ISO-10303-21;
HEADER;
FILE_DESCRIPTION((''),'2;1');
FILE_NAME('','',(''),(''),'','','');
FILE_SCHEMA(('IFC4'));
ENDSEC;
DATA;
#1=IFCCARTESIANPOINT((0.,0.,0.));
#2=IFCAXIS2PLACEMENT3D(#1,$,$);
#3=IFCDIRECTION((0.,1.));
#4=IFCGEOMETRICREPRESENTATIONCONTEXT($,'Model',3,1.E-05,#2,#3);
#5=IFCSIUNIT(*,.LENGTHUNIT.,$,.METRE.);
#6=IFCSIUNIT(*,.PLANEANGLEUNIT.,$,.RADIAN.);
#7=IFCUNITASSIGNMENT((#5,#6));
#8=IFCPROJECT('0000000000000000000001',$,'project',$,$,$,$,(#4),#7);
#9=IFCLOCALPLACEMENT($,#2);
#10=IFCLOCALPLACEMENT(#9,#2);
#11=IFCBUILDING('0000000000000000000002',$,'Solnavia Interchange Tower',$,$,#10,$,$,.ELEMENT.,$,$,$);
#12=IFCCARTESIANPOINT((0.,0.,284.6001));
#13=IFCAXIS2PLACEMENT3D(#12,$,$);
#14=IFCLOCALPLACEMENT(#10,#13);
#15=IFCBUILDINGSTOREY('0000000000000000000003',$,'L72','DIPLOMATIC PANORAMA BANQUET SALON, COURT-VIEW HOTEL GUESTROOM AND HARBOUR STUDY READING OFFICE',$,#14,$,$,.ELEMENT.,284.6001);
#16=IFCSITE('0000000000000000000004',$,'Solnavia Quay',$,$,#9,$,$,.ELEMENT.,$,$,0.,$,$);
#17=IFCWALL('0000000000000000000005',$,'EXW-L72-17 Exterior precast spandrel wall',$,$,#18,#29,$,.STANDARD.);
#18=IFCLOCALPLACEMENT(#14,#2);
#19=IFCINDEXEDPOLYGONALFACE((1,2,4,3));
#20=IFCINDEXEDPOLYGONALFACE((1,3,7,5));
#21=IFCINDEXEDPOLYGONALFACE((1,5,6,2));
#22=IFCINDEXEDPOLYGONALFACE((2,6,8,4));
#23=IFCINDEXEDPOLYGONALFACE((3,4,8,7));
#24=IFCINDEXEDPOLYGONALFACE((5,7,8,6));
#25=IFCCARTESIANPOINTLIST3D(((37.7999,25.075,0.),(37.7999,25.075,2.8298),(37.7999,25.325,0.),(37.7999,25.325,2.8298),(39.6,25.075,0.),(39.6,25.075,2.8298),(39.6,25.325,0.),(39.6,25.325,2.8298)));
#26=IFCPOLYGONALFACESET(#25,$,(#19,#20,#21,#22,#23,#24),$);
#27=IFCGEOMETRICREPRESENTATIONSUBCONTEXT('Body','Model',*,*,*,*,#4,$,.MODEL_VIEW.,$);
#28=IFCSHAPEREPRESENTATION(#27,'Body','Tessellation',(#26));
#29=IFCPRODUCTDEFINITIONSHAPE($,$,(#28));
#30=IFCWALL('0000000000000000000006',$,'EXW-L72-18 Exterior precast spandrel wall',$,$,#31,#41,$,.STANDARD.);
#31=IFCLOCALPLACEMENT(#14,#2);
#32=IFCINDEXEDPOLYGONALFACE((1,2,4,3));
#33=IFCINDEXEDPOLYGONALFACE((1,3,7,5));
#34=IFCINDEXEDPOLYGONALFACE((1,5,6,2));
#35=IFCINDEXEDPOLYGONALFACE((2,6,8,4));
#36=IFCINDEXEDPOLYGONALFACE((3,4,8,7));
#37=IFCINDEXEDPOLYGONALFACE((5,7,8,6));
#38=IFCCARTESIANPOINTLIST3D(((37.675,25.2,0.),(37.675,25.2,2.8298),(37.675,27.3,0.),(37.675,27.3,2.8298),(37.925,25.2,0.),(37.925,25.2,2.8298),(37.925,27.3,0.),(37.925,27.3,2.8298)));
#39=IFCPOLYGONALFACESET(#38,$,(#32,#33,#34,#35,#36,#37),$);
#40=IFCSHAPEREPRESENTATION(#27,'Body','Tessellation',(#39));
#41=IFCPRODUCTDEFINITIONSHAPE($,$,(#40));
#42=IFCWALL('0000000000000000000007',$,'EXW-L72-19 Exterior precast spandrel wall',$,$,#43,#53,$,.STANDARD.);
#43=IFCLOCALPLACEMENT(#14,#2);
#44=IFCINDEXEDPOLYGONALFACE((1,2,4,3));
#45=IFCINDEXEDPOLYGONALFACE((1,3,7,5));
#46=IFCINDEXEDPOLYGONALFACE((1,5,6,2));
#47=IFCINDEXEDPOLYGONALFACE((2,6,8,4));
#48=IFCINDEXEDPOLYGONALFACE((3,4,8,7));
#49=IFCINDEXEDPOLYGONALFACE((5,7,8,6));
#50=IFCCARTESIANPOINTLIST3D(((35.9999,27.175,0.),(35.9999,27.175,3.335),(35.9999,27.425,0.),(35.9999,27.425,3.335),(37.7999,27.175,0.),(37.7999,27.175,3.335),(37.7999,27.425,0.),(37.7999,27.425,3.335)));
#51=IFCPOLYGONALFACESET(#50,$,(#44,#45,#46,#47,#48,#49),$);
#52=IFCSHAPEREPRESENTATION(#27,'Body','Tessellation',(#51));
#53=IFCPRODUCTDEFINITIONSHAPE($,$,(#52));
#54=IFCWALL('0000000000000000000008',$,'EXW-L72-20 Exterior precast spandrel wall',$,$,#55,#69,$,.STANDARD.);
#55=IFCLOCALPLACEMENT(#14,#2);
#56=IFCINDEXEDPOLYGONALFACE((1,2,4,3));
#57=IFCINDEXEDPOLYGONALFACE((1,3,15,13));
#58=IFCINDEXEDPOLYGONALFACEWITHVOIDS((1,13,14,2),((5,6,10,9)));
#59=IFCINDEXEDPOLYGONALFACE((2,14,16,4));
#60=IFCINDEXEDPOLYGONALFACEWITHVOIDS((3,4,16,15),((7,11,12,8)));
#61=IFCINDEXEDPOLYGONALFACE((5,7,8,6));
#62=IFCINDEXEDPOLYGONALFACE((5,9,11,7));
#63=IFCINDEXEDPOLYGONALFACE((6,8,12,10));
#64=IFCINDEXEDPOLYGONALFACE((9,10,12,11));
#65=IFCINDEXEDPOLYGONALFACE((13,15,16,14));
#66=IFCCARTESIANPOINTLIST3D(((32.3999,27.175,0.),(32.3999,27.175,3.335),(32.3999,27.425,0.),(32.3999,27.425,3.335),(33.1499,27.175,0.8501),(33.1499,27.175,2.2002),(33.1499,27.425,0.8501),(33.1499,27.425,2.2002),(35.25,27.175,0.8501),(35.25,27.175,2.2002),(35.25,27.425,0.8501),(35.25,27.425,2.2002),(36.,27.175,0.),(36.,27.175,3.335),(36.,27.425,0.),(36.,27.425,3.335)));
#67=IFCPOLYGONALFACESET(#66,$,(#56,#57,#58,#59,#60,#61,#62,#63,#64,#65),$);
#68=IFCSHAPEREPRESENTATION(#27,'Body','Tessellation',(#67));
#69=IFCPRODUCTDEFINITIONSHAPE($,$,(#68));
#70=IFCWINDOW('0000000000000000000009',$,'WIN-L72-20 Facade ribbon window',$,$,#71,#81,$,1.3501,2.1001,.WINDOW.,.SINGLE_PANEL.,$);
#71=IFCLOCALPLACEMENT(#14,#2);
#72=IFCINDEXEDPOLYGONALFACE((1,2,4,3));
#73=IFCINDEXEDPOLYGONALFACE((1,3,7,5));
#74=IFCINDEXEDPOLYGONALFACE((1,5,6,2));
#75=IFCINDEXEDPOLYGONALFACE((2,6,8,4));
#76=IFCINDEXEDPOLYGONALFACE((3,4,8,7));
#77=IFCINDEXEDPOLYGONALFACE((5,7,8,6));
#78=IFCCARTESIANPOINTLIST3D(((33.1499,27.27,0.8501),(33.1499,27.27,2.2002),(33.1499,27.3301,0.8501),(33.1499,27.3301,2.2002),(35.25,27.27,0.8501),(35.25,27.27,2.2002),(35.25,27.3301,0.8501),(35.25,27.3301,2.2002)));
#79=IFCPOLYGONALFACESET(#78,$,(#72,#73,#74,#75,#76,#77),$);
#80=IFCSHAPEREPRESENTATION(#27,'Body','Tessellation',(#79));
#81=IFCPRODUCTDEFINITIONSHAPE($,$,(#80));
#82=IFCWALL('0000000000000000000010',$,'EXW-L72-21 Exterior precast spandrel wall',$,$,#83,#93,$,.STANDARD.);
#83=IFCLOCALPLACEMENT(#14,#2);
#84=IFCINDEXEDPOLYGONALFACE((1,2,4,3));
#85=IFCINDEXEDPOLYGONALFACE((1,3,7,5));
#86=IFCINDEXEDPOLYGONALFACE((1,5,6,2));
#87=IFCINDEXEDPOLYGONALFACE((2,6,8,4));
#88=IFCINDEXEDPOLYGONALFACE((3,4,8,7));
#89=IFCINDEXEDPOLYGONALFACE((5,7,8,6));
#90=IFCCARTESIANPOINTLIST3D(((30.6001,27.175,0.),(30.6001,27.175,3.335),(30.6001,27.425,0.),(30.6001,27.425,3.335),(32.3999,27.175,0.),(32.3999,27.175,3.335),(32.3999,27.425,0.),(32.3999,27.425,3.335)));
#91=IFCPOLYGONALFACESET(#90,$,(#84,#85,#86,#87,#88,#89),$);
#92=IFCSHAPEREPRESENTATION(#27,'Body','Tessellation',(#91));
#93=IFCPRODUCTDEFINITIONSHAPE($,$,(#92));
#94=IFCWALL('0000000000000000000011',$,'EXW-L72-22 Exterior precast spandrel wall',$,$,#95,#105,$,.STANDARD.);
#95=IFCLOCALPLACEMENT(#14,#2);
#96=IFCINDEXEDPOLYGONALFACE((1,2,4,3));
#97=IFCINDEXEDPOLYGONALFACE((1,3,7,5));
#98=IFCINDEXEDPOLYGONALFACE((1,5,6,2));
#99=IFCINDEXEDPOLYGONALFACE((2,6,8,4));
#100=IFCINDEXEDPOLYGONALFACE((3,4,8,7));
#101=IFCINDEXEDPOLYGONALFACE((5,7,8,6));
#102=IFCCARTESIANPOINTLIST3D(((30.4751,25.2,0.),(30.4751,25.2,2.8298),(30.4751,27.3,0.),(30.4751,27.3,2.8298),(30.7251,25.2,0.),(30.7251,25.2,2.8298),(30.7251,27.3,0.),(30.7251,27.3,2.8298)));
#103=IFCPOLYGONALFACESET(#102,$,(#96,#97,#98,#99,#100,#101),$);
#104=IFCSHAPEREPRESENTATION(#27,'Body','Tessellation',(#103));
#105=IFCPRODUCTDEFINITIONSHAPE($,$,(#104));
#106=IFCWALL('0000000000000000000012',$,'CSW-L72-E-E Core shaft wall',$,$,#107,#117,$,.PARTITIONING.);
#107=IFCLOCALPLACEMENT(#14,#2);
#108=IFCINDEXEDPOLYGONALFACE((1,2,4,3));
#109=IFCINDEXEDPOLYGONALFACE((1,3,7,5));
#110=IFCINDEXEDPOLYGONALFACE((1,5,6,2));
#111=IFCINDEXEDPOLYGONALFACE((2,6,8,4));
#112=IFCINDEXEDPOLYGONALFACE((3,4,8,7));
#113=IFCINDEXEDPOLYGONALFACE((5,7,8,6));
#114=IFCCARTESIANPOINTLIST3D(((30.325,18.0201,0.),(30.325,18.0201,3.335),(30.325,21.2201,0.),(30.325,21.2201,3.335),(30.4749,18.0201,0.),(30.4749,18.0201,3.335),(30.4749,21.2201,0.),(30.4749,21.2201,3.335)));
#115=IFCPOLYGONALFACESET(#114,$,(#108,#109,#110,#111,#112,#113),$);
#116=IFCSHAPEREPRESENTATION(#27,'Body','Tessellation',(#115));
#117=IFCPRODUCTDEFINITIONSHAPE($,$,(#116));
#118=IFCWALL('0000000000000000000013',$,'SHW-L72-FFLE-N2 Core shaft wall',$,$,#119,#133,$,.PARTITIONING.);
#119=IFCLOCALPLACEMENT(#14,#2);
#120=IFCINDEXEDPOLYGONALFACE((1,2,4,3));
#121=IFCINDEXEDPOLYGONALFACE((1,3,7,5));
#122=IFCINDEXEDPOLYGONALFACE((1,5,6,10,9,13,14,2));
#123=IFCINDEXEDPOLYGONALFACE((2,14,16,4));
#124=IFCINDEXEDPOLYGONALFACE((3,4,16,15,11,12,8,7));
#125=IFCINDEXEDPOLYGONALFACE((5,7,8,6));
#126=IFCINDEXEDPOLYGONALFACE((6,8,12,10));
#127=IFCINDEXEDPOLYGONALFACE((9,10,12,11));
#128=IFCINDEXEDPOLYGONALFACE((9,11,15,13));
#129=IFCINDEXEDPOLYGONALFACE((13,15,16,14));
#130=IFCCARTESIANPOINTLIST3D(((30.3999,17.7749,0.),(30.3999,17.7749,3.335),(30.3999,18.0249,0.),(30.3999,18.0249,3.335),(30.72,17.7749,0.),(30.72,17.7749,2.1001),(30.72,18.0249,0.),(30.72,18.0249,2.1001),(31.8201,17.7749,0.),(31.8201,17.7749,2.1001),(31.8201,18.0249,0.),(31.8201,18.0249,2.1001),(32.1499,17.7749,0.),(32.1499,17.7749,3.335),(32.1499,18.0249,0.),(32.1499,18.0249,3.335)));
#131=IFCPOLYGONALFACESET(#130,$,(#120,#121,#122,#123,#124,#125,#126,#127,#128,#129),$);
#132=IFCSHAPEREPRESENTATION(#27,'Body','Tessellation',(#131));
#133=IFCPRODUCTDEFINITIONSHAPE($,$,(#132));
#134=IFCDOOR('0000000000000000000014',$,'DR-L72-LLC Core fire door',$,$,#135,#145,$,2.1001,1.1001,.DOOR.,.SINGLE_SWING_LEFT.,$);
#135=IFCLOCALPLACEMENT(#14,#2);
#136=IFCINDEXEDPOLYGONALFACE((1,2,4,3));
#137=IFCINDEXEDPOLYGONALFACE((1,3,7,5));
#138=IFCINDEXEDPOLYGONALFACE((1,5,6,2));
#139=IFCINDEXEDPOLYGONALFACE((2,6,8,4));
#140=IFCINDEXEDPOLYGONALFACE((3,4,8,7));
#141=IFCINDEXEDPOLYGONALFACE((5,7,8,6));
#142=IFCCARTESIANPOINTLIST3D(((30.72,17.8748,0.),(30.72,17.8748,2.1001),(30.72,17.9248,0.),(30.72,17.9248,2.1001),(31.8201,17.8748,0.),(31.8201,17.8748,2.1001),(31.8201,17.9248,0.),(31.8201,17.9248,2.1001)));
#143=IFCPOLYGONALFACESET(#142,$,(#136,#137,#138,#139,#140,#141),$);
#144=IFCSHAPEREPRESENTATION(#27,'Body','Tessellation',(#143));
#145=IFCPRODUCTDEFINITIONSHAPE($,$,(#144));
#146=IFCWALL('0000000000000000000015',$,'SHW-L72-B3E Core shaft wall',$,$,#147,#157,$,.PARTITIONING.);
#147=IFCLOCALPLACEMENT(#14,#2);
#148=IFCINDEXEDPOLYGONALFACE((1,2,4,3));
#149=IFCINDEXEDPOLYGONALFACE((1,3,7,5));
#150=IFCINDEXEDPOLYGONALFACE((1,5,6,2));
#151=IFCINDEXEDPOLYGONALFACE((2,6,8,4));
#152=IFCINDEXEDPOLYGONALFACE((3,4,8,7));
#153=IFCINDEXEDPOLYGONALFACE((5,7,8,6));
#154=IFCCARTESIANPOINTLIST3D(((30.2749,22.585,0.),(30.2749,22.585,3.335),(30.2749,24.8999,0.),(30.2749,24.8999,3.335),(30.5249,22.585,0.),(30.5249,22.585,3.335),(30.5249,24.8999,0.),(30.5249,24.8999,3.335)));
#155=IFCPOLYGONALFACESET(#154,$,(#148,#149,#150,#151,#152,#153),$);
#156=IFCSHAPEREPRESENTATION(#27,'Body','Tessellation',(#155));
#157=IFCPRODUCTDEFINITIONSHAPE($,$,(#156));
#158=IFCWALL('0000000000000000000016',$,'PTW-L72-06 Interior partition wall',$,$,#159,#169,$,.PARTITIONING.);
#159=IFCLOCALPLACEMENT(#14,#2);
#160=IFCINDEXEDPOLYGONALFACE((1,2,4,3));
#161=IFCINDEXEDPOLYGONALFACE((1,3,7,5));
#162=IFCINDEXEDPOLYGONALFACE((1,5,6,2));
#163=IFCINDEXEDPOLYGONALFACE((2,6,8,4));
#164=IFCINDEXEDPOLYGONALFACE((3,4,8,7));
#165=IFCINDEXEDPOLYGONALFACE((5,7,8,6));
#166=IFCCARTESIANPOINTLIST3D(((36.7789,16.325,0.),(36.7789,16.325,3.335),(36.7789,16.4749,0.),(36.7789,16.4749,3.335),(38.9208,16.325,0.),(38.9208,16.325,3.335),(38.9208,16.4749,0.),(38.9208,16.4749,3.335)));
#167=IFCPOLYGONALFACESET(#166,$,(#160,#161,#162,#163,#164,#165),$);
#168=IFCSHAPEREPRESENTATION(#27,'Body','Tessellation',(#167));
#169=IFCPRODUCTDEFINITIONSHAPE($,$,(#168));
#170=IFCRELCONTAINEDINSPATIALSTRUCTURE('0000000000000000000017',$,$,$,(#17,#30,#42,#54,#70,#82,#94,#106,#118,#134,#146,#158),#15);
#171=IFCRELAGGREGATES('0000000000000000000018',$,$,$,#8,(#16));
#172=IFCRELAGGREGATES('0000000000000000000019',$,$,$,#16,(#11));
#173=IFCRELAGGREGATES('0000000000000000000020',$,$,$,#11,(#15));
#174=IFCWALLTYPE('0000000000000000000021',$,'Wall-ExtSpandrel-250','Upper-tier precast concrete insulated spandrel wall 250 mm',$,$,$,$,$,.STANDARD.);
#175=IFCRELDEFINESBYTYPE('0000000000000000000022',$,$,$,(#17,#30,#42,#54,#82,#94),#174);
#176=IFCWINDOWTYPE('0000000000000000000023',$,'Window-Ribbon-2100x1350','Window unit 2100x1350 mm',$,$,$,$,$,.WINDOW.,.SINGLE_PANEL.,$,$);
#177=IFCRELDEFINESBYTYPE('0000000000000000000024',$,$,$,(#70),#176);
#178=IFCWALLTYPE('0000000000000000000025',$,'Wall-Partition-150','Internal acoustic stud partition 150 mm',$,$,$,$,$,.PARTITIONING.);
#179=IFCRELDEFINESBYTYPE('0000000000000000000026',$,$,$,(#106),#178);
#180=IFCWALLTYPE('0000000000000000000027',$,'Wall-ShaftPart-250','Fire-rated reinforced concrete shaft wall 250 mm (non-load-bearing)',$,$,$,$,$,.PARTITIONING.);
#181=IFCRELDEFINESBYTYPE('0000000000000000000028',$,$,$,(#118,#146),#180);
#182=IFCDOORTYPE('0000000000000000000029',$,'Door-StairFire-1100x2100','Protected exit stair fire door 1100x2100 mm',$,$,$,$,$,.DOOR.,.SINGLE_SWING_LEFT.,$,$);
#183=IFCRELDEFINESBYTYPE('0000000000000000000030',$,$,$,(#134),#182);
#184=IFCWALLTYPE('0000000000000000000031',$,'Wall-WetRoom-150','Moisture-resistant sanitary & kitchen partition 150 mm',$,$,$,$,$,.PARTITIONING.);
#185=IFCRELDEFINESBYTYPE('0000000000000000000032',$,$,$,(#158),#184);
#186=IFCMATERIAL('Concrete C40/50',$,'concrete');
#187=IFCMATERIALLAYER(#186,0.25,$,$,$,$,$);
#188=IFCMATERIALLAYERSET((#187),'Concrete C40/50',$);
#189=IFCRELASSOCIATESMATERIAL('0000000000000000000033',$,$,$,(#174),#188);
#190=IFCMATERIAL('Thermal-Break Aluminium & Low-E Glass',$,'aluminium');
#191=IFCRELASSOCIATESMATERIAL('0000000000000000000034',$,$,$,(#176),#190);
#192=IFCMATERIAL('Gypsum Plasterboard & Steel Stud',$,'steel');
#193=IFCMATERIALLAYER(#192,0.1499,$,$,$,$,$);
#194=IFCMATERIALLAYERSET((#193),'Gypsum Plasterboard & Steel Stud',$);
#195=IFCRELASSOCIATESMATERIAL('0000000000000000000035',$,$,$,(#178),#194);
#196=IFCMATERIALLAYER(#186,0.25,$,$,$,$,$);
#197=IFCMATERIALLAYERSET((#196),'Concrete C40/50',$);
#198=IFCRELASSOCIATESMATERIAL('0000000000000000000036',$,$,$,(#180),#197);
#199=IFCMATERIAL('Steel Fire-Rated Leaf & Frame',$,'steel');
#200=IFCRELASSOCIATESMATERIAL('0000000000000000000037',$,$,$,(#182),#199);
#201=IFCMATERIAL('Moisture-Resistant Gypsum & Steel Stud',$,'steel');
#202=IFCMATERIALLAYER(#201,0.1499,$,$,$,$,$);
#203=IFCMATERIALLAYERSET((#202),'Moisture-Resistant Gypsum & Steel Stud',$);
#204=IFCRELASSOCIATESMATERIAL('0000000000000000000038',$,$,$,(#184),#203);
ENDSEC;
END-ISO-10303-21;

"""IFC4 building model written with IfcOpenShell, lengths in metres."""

from ifc_helpers import new_model, si_unit, direction, frame, frame_2d, origin, place, context, subcontext, project, spatial, rectangle, extrude, material, layer, layer_set, type_object, element, fill, save


model = new_model("IFC4")

# Units and contexts
model_context = context("Model", 3, precision=1e-05, world=origin(), true_north=direction((0.0, 1.0)))
body_context = subcontext(model_context, "Body", "Model", "MODEL_VIEW")
ifc_project = project(units=[si_unit("LENGTHUNIT", "METRE"), si_unit("PLANEANGLEUNIT", "RADIAN")], contexts=[model_context])

# Site, building, storey
site_placement = place(None, origin())
site = spatial("IfcSite", under=ifc_project, at=site_placement, Name="Solnavia Quay", CompositionType="ELEMENT", RefElevation=0.0)
building_placement = place(site_placement, origin())
building = spatial("IfcBuilding", under=site, at=building_placement, Name="Solnavia Interchange Tower", CompositionType="ELEMENT")
storey_placement = place(building_placement, frame((0.0, 0.0, 284.6001)))
storey = spatial("IfcBuildingStorey", under=building, at=storey_placement, Name="L72", Description="DIPLOMATIC PANORAMA BANQUET SALON, COURT-VIEW HOTEL GUESTROOM AND HARBOUR STUDY READING OFFICE", CompositionType="ELEMENT", Elevation=284.6001)

# Shared definitions
ifc_material_1 = material(Name="Concrete C40/50", Category="concrete")
ifc_layer_1 = layer(ifc_material_1, 0.25)
ifc_layer_set_1 = layer_set([ifc_layer_1], Name="Concrete C40/50")
wall_type_1 = type_object("IfcWallType", Name="Wall-ExtSpandrel-250", Description="Upper-tier precast concrete insulated spandrel wall 250 mm", PredefinedType="STANDARD", material=ifc_layer_set_1)

# Shared definitions
ifc_material_2 = material(Name="Thermal-Break Aluminium & Low-E Glass", Category="aluminium")
window_type = type_object("IfcWindowType", Name="Window-Ribbon-2100x1350", Description="Window unit 2100x1350 mm", PartitioningType="SINGLE_PANEL", PredefinedType="WINDOW", material=ifc_material_2)

# Walls
for number, where, z_axis, x_axis, name in (
    (1, (37.8, 25.2, 0.0), (0.0, 0.0, 1.0), (1.0, 0.0, 0.0), "EXW-L72-17 Exterior precast spandrel wall"),
):
    element("IfcWall", number, at=place(storey_placement, frame(where, z_axis=z_axis, x_axis=x_axis)), inside=storey, type_object=wall_type_1, Name=name, PredefinedType="STANDARD", context=body_context, shape_type="SweptSolid", body=[
        extrude(rectangle(XDim=1.8, YDim=0.25, at=frame_2d((0.8999, 0.0))), origin(), (0.0, 0.0, 1.0), 2.8298),
    ])
wall_1_placement = place(storey_placement, frame((37.8, 27.3, 0.0), z_axis=(0.0, 0.0, 1.0), x_axis=(0.0, -1.0, 0.0)))
element("IfcWall", 2, at=wall_1_placement, inside=storey, type_object=wall_type_1, Name="EXW-L72-18 Exterior precast spandrel wall", PredefinedType="STANDARD", context=body_context, shape_type="SweptSolid", body=[
    extrude(rectangle(XDim=2.1001, YDim=0.25, at=frame_2d((1.05, 0.0))), origin(), (0.0, 0.0, 1.0), 2.8298),
])
wall_2_placement = place(storey_placement, frame((36.0, 27.3, 0.0), z_axis=(0.0, 0.0, 1.0), x_axis=(1.0, 0.0, 0.0)))
element("IfcWall", 3, at=wall_2_placement, inside=storey, type_object=wall_type_1, Name="EXW-L72-19 Exterior precast spandrel wall", PredefinedType="STANDARD", context=body_context, shape_type="SweptSolid", body=[
    extrude(rectangle(XDim=1.8, YDim=0.25, at=frame_2d((0.8999, 0.0))), origin(), (0.0, 0.0, 1.0), 3.335),
])

# Wall, opening, window
wall_3_placement = place(storey_placement, frame((32.3999, 27.3, 0.0), z_axis=(0.0, 0.0, 1.0), x_axis=(1.0, 0.0, 0.0)))
wall_3 = element("IfcWall", 4, at=wall_3_placement, inside=storey, type_object=wall_type_1, Name="EXW-L72-20 Exterior precast spandrel wall", PredefinedType="STANDARD", context=body_context, shape_type="SweptSolid", body=[
    extrude(rectangle(XDim=3.6001, YDim=0.25, at=frame_2d((1.8, 0.0))), origin(), (0.0, 0.0, 1.0), 3.335),
])
opening_1_placement = place(wall_3_placement, frame((0.75, 0.0, 0.8501)))
opening_1 = element("IfcOpeningElement", 5, at=opening_1_placement, cuts=wall_3, PredefinedType="OPENING", context=body_context, shape_type="SweptSolid", body=[
    extrude(rectangle(XDim=2.1001, YDim=1.3501, at=frame_2d((1.05, 0.675))), frame((0.0, 0.135, 0.0), z_axis=(0.0, -1.0, 0.0), x_axis=(1.0, 0.0, 0.0)), (0.0, 0.0, 1.0), 0.27),
])
window_1_placement = place(opening_1_placement, origin())
window_1 = element("IfcWindow", 6, at=window_1_placement, inside=storey, type_object=window_type, Name="WIN-L72-20 Facade ribbon window", OverallHeight=1.3501, OverallWidth=2.1001, PartitioningType="SINGLE_PANEL", PredefinedType="WINDOW", context=body_context, shape_type="SweptSolid", body=[
    extrude(rectangle(XDim=2.1001, YDim=1.3501, at=frame_2d((1.05, 0.675))), frame((0.0, 0.03, 0.0), z_axis=(0.0, -1.0, 0.0), x_axis=(1.0, 0.0, 0.0)), (0.0, 0.0, 1.0), 0.0601),
])
fill(opening_1, window_1)

# Walls
wall_4_placement = place(storey_placement, frame((30.6001, 27.3, 0.0), z_axis=(0.0, 0.0, 1.0), x_axis=(1.0, 0.0, 0.0)))
element("IfcWall", 7, at=wall_4_placement, inside=storey, type_object=wall_type_1, Name="EXW-L72-21 Exterior precast spandrel wall", PredefinedType="STANDARD", context=body_context, shape_type="SweptSolid", body=[
    extrude(rectangle(XDim=1.7998, YDim=0.25, at=frame_2d((0.8999, 0.0))), origin(), (0.0, 0.0, 1.0), 3.335),
])
wall_5_placement = place(storey_placement, frame((30.6001, 27.3, 0.0), z_axis=(0.0, 0.0, 1.0), x_axis=(0.0, -1.0, 0.0)))
element("IfcWall", 8, at=wall_5_placement, inside=storey, type_object=wall_type_1, Name="EXW-L72-22 Exterior precast spandrel wall", PredefinedType="STANDARD", context=body_context, shape_type="SweptSolid", body=[
    extrude(rectangle(XDim=2.1001, YDim=0.25, at=frame_2d((1.05, 0.0))), origin(), (0.0, 0.0, 1.0), 2.8298),
])
ifc_material_3 = material(Name="Gypsum Plasterboard & Steel Stud", Category="steel")
ifc_layer_2 = layer(ifc_material_3, 0.1499)
ifc_layer_set_2 = layer_set([ifc_layer_2], Name="Gypsum Plasterboard & Steel Stud")
wall_type_2 = type_object("IfcWallType", Name="Wall-Partition-150", Description="Internal acoustic stud partition 150 mm", PredefinedType="PARTITIONING", material=ifc_layer_set_2)
wall_6_placement = place(storey_placement, frame((30.3999, 18.02, 0.0), z_axis=(0.0, 0.0, 1.0), x_axis=(0.0, 1.0, 0.0)))
element("IfcWall", 9, at=wall_6_placement, inside=storey, type_object=wall_type_2, Name="CSW-L72-E-E Core shaft wall", PredefinedType="PARTITIONING", context=body_context, shape_type="SweptSolid", body=[
    extrude(rectangle(XDim=3.2, YDim=0.1499, at=frame_2d((1.6001, 0.0))), origin(), (0.0, 0.0, 1.0), 3.335),
])

# Wall, opening, door
ifc_layer_3 = layer(ifc_material_1, 0.25)
ifc_layer_set_3 = layer_set([ifc_layer_3], Name="Concrete C40/50")
wall_type_3 = type_object("IfcWallType", Name="Wall-ShaftPart-250", Description="Fire-rated reinforced concrete shaft wall 250 mm (non-load-bearing)", PredefinedType="PARTITIONING", material=ifc_layer_set_3)
wall_7_placement = place(storey_placement, frame((30.3999, 17.8999, 0.0), z_axis=(0.0, 0.0, 1.0), x_axis=(1.0, 0.0, 0.0)))
wall_7 = element("IfcWall", 10, at=wall_7_placement, inside=storey, type_object=wall_type_3, Name="SHW-L72-FFLE-N2 Core shaft wall", PredefinedType="PARTITIONING", context=body_context, shape_type="SweptSolid", body=[
    extrude(rectangle(XDim=1.75, YDim=0.25, at=frame_2d((0.875, 0.0))), origin(), (0.0, 0.0, 1.0), 3.335),
])
opening_2_placement = place(wall_7_placement, frame((0.3201, 0.0, 0.0)))
opening_2 = element("IfcOpeningElement", 11, at=opening_2_placement, cuts=wall_7, PredefinedType="OPENING", context=body_context, shape_type="SweptSolid", body=[
    extrude(rectangle(XDim=1.1001, YDim=2.1001, at=frame_2d((0.55, 1.05))), frame((0.0, 0.135, 0.0), z_axis=(0.0, -1.0, 0.0), x_axis=(1.0, 0.0, 0.0)), (0.0, 0.0, 1.0), 0.27),
])
ifc_material_4 = material(Name="Steel Fire-Rated Leaf & Frame", Category="steel")
door_type = type_object("IfcDoorType", Name="Door-StairFire-1100x2100", Description="Protected exit stair fire door 1100x2100 mm", OperationType="SINGLE_SWING_LEFT", PredefinedType="DOOR", material=ifc_material_4)
door_placement = place(opening_2_placement, origin())
door = element("IfcDoor", 12, at=door_placement, inside=storey, type_object=door_type, Name="DR-L72-LLC Core fire door", OperationType="SINGLE_SWING_LEFT", OverallHeight=2.1001, OverallWidth=1.1001, PredefinedType="DOOR", context=body_context, shape_type="SweptSolid", body=[
    extrude(rectangle(XDim=1.1001, YDim=2.1001, at=frame_2d((0.55, 1.05))), frame((0.0, 0.0249, 0.0), z_axis=(0.0, -1.0, 0.0), x_axis=(1.0, 0.0, 0.0)), (0.0, 0.0, 1.0), 0.05),
])
fill(opening_2, door)

# Walls
wall_8_placement = place(storey_placement, frame((30.3999, 22.585, 0.0), z_axis=(0.0, 0.0, 1.0), x_axis=(0.0, 1.0, 0.0)))
element("IfcWall", 13, at=wall_8_placement, inside=storey, type_object=wall_type_3, Name="SHW-L72-B3E Core shaft wall", PredefinedType="PARTITIONING", context=body_context, shape_type="SweptSolid", body=[
    extrude(rectangle(XDim=2.3149, YDim=0.25, at=frame_2d((1.1575, 0.0))), origin(), (0.0, 0.0, 1.0), 3.335),
])
ifc_material_5 = material(Name="Moisture-Resistant Gypsum & Steel Stud", Category="steel")
ifc_layer_4 = layer(ifc_material_5, 0.1499)
ifc_layer_set_4 = layer_set([ifc_layer_4], Name="Moisture-Resistant Gypsum & Steel Stud")
wall_type_4 = type_object("IfcWallType", Name="Wall-WetRoom-150", Description="Moisture-resistant sanitary & kitchen partition 150 mm", PredefinedType="PARTITIONING", material=ifc_layer_set_4)
wall_9_placement = place(storey_placement, frame((36.7791, 16.3999, 0.0), z_axis=(0.0, 0.0, 1.0), x_axis=(1.0, 0.0, 0.0)))
element("IfcWall", 14, at=wall_9_placement, inside=storey, type_object=wall_type_4, Name="PTW-L72-06 Interior partition wall", PredefinedType="PARTITIONING", context=body_context, shape_type="SweptSolid", body=[
    extrude(rectangle(XDim=2.1418, YDim=0.1499, at=frame_2d((1.0708, 0.0))), origin(), (0.0, 0.0, 1.0), 3.335),
])

save(model, "model.ifc")
